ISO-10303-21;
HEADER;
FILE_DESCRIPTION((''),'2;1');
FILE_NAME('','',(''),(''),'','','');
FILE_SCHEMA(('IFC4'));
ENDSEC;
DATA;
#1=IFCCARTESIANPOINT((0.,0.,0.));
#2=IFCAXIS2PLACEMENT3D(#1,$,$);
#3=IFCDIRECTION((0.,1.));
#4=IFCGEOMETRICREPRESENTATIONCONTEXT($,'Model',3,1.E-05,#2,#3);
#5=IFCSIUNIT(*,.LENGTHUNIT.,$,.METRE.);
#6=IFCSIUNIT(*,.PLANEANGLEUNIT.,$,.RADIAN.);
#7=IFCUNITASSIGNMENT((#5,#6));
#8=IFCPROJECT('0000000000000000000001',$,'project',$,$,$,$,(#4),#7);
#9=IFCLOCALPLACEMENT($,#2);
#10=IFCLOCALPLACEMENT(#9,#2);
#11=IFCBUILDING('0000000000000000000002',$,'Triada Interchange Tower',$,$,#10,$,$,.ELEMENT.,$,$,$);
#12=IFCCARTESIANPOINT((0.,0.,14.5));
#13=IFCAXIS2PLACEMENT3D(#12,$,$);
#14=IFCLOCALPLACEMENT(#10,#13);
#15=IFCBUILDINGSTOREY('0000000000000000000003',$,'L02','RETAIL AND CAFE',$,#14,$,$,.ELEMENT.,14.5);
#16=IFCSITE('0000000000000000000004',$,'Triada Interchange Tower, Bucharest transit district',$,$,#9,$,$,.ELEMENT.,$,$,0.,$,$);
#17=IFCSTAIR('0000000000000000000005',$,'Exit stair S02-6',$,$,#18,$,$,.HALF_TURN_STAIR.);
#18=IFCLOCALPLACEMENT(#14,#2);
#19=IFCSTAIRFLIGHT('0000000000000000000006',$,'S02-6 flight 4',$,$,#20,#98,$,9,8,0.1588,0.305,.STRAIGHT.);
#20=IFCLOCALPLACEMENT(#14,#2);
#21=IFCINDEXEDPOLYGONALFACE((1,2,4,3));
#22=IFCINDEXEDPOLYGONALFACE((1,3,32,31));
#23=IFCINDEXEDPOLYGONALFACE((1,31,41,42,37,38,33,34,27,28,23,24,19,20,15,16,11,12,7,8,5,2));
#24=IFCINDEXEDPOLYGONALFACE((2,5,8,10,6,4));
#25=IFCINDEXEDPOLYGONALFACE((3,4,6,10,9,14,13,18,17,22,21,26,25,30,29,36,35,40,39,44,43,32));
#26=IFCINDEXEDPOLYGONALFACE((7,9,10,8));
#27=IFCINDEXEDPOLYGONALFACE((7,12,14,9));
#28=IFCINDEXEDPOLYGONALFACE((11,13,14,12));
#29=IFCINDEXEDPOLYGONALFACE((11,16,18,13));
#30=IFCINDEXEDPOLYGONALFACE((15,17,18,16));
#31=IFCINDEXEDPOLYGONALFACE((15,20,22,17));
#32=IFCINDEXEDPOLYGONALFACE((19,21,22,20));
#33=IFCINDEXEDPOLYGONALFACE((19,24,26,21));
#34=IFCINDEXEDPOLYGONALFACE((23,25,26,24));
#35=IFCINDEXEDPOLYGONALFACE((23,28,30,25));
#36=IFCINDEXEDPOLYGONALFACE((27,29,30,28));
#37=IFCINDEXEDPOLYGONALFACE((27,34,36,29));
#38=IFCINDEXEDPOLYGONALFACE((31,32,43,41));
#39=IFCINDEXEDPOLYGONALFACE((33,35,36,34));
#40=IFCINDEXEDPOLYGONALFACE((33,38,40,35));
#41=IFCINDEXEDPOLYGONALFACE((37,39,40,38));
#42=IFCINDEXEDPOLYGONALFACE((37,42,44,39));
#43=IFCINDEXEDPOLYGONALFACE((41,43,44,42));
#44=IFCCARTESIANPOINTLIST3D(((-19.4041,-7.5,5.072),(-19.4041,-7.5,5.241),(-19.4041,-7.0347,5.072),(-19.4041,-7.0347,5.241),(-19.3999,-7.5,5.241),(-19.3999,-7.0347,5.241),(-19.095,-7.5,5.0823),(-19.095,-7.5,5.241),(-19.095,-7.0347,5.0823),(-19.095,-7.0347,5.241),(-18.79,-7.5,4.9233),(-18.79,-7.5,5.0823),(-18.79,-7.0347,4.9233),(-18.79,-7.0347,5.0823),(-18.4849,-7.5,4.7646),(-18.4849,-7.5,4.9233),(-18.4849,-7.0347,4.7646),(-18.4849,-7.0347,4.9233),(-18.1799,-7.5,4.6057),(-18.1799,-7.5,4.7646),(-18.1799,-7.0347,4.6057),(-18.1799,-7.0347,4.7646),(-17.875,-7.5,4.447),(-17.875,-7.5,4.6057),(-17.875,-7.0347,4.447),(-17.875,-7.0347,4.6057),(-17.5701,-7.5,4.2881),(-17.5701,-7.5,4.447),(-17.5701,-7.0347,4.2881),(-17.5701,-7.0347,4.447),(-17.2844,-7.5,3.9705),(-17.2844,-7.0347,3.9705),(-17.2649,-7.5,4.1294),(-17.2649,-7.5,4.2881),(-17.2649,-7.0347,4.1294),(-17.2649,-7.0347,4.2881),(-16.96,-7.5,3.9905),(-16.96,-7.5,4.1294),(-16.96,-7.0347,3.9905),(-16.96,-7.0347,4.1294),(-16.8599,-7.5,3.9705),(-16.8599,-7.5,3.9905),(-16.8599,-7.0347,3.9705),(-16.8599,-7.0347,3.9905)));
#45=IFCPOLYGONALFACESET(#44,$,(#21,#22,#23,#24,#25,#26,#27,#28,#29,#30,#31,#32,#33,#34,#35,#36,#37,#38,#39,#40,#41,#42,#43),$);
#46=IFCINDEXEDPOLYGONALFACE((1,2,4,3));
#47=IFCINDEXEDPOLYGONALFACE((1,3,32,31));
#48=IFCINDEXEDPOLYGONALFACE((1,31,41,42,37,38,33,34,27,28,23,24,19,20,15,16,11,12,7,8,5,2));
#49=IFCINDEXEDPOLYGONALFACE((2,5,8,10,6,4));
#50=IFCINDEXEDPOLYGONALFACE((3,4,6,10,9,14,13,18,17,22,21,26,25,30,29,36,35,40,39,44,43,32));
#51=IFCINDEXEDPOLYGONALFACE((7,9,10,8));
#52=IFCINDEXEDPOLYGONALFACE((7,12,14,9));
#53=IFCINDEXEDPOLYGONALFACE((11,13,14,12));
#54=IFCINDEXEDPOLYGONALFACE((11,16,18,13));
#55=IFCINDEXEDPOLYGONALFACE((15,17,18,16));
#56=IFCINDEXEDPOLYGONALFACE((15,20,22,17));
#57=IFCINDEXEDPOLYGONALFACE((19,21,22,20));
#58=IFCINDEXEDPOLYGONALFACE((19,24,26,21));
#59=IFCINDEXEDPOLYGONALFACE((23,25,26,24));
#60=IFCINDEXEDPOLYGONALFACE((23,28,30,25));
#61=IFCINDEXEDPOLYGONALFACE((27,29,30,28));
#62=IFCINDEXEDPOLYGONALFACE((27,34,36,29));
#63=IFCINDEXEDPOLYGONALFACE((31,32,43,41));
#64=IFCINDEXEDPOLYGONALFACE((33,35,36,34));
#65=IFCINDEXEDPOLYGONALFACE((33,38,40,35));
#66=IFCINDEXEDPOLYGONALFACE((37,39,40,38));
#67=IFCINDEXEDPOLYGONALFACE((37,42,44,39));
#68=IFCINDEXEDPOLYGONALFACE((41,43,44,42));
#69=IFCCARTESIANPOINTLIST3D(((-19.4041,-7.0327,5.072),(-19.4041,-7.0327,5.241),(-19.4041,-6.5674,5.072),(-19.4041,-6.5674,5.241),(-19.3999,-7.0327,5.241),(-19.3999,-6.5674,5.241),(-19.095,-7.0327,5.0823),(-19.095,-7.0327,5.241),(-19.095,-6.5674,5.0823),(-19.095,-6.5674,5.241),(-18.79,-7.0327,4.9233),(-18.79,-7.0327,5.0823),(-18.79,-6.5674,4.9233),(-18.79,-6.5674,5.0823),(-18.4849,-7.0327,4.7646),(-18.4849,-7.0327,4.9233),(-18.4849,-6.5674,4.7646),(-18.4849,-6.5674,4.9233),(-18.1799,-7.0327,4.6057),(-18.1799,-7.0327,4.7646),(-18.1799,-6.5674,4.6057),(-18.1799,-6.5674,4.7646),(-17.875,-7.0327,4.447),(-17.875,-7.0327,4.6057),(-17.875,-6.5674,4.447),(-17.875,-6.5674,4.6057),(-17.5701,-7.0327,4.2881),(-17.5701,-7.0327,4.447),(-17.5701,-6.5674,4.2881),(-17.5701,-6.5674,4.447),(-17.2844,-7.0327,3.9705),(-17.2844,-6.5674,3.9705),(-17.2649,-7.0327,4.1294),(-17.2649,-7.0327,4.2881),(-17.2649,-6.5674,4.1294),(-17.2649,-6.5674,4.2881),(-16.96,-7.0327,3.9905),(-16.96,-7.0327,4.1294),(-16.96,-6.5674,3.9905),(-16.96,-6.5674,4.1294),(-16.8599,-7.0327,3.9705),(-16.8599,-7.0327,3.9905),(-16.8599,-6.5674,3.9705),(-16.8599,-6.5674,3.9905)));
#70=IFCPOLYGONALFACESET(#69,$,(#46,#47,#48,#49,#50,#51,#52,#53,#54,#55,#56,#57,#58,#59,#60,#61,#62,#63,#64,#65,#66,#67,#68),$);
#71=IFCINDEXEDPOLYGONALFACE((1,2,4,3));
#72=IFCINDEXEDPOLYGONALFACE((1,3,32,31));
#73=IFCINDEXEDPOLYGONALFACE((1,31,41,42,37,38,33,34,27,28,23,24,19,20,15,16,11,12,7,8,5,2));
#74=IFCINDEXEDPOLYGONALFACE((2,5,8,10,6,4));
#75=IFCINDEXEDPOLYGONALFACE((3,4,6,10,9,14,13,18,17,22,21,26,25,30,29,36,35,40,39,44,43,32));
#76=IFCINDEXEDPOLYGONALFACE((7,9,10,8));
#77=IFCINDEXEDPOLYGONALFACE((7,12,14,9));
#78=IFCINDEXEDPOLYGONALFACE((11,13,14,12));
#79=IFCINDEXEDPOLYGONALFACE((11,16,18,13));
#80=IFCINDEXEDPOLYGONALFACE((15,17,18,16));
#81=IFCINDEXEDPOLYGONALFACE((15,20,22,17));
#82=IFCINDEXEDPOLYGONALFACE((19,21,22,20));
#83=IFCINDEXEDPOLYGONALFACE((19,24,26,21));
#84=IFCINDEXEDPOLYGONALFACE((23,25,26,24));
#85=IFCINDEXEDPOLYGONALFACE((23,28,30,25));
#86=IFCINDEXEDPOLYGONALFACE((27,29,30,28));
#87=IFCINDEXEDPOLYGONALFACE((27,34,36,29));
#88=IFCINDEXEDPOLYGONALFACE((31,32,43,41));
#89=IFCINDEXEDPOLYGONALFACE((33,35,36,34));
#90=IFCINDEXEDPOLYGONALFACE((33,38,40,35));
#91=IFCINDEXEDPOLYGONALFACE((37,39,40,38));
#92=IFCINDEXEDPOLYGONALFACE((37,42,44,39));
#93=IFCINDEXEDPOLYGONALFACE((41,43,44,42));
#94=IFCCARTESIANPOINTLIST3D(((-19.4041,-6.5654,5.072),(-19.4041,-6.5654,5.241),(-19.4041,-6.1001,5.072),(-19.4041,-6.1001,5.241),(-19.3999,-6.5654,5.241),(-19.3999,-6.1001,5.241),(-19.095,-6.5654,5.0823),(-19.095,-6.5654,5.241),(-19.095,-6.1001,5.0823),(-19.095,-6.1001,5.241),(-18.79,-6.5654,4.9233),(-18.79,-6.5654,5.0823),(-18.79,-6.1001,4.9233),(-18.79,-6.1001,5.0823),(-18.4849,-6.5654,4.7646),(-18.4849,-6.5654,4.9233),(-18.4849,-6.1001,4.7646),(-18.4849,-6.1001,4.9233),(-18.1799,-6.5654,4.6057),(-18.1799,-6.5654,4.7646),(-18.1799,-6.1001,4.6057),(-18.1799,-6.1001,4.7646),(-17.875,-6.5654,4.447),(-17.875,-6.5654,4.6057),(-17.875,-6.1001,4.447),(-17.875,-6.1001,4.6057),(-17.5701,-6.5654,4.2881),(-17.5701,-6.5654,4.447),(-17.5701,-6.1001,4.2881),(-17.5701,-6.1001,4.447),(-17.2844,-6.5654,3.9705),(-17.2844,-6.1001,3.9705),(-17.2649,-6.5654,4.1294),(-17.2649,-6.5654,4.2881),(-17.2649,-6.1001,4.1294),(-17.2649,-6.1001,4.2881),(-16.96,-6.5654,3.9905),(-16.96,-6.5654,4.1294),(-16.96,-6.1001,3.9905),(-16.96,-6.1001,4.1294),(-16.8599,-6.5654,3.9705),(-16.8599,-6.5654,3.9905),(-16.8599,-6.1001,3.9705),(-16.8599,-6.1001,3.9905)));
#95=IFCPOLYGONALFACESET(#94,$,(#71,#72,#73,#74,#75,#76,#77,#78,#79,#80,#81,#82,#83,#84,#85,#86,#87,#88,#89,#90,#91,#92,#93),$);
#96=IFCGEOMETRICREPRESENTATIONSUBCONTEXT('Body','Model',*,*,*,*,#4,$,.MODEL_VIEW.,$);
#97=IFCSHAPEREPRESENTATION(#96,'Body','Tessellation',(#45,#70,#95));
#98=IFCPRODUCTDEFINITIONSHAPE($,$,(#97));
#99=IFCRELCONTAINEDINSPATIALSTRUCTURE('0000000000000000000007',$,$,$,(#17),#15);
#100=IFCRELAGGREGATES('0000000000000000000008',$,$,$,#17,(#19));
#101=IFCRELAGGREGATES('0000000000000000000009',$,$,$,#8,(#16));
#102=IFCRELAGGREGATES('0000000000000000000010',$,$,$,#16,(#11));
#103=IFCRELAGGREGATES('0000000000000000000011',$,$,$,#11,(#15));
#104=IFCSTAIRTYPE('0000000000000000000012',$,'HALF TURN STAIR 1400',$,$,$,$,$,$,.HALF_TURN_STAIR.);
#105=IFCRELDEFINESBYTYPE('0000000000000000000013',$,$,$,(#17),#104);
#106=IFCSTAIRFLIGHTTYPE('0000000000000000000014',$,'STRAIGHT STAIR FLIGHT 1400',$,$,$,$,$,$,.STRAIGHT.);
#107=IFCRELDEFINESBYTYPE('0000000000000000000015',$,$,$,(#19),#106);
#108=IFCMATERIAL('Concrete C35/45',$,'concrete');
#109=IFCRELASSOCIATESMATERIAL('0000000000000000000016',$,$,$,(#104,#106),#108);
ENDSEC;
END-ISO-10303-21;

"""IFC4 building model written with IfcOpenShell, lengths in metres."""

from ifc_helpers import new_model, si_unit, direction, frame, origin, place, context, subcontext, project, spatial, polyline, outline, extrude, material, type_object, element, aggregate, save


model = new_model("IFC4")

# Units and contexts
model_context = context("Model", 3, precision=1e-05, world=origin(), true_north=direction((0.0, 1.0)))
body_context = subcontext(model_context, "Body", "Model", "MODEL_VIEW")
ifc_project = project(units=[si_unit("LENGTHUNIT", "METRE"), si_unit("PLANEANGLEUNIT", "RADIAN")], contexts=[model_context])

# Site, building, storey
site_placement = place(None, origin())
site = spatial("IfcSite", under=ifc_project, at=site_placement, Name="Triada Interchange Tower, Bucharest transit district", CompositionType="ELEMENT", RefElevation=0.0)
building_placement = place(site_placement, origin())
building = spatial("IfcBuilding", under=site, at=building_placement, Name="Triada Interchange Tower", CompositionType="ELEMENT")
storey_placement = place(building_placement, frame((0.0, 0.0, 14.5)))
storey = spatial("IfcBuildingStorey", under=building, at=storey_placement, Name="L02", Description="RETAIL AND CAFE", CompositionType="ELEMENT", Elevation=14.5)

# Shared definitions
ifc_material_1 = material(Name="Concrete C35/45", Category="concrete")

# Stair, stair flight
stair_type = type_object("IfcStairType", Name="HALF TURN STAIR 1400", PredefinedType="HALF_TURN_STAIR", material=ifc_material_1)
stair_placement = place(storey_placement, origin())
stair = element("IfcStair", 1, at=stair_placement, inside=storey, type_object=stair_type, Name="Exit stair S02-6", PredefinedType="HALF_TURN_STAIR")
stair_flight_type = type_object("IfcStairFlightType", Name="STRAIGHT STAIR FLIGHT 1400", PredefinedType="STRAIGHT", material=ifc_material_1)
stair_flight_1_placement = place(storey_placement, frame((-16.96, -6.8, 3.9705), z_axis=(0.0, 0.0, 1.0), x_axis=(-1.0, 0.0, 0.0)))
stair_flight_1 = element("IfcStairFlight", 2, at=stair_flight_1_placement, type_object=stair_flight_type, Name="S02-6 flight 4", NumberOfRisers=9, NumberOfTreads=8, PredefinedType="STRAIGHT", RiserHeight=0.1588, TreadLength=0.305, context=body_context, shape_type="SweptSolid", body=[
    extrude(outline(polyline([(-0.1001, 0.0), (-0.1001, 0.02), (0.0, 0.02), (0.0, 0.1589), (0.3049, 0.1589), (0.3049, 0.3176), (0.6101, 0.3176), (0.6101, 0.4766), (0.915, 0.4766), (0.915, 0.6353), (1.22, 0.6353), (1.22, 0.7942), (1.5249, 0.7942), (1.5249, 0.9529), (1.8301, 0.9529), (1.8301, 1.1118), (2.135, 1.1118), (2.135, 1.2705), (2.4399, 1.2705), (2.4441, 1.2705), (2.4441, 1.4294), (2.4441, 1.1016), (0.3245, 0.0), (-0.1001, 0.0)])), frame((0.0, 0.7, 0.0), z_axis=(0.0, -1.0, 0.0), x_axis=(1.0, 0.0, 0.0)), (0.0, 0.0, 1.0), 0.4653),
    extrude(outline(polyline([(-0.1001, 0.0), (-0.1001, 0.02), (0.0, 0.02), (0.0, 0.1589), (0.3049, 0.1589), (0.3049, 0.3176), (0.6101, 0.3176), (0.6101, 0.4766), (0.915, 0.4766), (0.915, 0.6353), (1.22, 0.6353), (1.22, 0.7942), (1.5249, 0.7942), (1.5249, 0.9529), (1.8301, 0.9529), (1.8301, 1.1118), (2.135, 1.1118), (2.135, 1.2705), (2.4399, 1.2705), (2.4441, 1.2705), (2.4441, 1.4294), (2.4441, 1.1016), (0.3245, 0.0), (-0.1001, 0.0)])), frame((0.0, 0.2327, 0.0), z_axis=(0.0, -1.0, 0.0), x_axis=(1.0, 0.0, 0.0)), (0.0, 0.0, 1.0), 0.4653),
    extrude(outline(polyline([(-0.1001, 0.0), (-0.1001, 0.02), (0.0, 0.02), (0.0, 0.1589), (0.3049, 0.1589), (0.3049, 0.3176), (0.6101, 0.3176), (0.6101, 0.4766), (0.915, 0.4766), (0.915, 0.6353), (1.22, 0.6353), (1.22, 0.7942), (1.5249, 0.7942), (1.5249, 0.9529), (1.8301, 0.9529), (1.8301, 1.1118), (2.135, 1.1118), (2.135, 1.2705), (2.4399, 1.2705), (2.4441, 1.2705), (2.4441, 1.4294), (2.4441, 1.1016), (0.3245, 0.0), (-0.1001, 0.0)])), frame((0.0, -0.2346, 0.0), z_axis=(0.0, -1.0, 0.0), x_axis=(1.0, 0.0, 0.0)), (0.0, 0.0, 1.0), 0.4653),
])
aggregate(stair, [stair_flight_1])

save(model, "model.ifc")
